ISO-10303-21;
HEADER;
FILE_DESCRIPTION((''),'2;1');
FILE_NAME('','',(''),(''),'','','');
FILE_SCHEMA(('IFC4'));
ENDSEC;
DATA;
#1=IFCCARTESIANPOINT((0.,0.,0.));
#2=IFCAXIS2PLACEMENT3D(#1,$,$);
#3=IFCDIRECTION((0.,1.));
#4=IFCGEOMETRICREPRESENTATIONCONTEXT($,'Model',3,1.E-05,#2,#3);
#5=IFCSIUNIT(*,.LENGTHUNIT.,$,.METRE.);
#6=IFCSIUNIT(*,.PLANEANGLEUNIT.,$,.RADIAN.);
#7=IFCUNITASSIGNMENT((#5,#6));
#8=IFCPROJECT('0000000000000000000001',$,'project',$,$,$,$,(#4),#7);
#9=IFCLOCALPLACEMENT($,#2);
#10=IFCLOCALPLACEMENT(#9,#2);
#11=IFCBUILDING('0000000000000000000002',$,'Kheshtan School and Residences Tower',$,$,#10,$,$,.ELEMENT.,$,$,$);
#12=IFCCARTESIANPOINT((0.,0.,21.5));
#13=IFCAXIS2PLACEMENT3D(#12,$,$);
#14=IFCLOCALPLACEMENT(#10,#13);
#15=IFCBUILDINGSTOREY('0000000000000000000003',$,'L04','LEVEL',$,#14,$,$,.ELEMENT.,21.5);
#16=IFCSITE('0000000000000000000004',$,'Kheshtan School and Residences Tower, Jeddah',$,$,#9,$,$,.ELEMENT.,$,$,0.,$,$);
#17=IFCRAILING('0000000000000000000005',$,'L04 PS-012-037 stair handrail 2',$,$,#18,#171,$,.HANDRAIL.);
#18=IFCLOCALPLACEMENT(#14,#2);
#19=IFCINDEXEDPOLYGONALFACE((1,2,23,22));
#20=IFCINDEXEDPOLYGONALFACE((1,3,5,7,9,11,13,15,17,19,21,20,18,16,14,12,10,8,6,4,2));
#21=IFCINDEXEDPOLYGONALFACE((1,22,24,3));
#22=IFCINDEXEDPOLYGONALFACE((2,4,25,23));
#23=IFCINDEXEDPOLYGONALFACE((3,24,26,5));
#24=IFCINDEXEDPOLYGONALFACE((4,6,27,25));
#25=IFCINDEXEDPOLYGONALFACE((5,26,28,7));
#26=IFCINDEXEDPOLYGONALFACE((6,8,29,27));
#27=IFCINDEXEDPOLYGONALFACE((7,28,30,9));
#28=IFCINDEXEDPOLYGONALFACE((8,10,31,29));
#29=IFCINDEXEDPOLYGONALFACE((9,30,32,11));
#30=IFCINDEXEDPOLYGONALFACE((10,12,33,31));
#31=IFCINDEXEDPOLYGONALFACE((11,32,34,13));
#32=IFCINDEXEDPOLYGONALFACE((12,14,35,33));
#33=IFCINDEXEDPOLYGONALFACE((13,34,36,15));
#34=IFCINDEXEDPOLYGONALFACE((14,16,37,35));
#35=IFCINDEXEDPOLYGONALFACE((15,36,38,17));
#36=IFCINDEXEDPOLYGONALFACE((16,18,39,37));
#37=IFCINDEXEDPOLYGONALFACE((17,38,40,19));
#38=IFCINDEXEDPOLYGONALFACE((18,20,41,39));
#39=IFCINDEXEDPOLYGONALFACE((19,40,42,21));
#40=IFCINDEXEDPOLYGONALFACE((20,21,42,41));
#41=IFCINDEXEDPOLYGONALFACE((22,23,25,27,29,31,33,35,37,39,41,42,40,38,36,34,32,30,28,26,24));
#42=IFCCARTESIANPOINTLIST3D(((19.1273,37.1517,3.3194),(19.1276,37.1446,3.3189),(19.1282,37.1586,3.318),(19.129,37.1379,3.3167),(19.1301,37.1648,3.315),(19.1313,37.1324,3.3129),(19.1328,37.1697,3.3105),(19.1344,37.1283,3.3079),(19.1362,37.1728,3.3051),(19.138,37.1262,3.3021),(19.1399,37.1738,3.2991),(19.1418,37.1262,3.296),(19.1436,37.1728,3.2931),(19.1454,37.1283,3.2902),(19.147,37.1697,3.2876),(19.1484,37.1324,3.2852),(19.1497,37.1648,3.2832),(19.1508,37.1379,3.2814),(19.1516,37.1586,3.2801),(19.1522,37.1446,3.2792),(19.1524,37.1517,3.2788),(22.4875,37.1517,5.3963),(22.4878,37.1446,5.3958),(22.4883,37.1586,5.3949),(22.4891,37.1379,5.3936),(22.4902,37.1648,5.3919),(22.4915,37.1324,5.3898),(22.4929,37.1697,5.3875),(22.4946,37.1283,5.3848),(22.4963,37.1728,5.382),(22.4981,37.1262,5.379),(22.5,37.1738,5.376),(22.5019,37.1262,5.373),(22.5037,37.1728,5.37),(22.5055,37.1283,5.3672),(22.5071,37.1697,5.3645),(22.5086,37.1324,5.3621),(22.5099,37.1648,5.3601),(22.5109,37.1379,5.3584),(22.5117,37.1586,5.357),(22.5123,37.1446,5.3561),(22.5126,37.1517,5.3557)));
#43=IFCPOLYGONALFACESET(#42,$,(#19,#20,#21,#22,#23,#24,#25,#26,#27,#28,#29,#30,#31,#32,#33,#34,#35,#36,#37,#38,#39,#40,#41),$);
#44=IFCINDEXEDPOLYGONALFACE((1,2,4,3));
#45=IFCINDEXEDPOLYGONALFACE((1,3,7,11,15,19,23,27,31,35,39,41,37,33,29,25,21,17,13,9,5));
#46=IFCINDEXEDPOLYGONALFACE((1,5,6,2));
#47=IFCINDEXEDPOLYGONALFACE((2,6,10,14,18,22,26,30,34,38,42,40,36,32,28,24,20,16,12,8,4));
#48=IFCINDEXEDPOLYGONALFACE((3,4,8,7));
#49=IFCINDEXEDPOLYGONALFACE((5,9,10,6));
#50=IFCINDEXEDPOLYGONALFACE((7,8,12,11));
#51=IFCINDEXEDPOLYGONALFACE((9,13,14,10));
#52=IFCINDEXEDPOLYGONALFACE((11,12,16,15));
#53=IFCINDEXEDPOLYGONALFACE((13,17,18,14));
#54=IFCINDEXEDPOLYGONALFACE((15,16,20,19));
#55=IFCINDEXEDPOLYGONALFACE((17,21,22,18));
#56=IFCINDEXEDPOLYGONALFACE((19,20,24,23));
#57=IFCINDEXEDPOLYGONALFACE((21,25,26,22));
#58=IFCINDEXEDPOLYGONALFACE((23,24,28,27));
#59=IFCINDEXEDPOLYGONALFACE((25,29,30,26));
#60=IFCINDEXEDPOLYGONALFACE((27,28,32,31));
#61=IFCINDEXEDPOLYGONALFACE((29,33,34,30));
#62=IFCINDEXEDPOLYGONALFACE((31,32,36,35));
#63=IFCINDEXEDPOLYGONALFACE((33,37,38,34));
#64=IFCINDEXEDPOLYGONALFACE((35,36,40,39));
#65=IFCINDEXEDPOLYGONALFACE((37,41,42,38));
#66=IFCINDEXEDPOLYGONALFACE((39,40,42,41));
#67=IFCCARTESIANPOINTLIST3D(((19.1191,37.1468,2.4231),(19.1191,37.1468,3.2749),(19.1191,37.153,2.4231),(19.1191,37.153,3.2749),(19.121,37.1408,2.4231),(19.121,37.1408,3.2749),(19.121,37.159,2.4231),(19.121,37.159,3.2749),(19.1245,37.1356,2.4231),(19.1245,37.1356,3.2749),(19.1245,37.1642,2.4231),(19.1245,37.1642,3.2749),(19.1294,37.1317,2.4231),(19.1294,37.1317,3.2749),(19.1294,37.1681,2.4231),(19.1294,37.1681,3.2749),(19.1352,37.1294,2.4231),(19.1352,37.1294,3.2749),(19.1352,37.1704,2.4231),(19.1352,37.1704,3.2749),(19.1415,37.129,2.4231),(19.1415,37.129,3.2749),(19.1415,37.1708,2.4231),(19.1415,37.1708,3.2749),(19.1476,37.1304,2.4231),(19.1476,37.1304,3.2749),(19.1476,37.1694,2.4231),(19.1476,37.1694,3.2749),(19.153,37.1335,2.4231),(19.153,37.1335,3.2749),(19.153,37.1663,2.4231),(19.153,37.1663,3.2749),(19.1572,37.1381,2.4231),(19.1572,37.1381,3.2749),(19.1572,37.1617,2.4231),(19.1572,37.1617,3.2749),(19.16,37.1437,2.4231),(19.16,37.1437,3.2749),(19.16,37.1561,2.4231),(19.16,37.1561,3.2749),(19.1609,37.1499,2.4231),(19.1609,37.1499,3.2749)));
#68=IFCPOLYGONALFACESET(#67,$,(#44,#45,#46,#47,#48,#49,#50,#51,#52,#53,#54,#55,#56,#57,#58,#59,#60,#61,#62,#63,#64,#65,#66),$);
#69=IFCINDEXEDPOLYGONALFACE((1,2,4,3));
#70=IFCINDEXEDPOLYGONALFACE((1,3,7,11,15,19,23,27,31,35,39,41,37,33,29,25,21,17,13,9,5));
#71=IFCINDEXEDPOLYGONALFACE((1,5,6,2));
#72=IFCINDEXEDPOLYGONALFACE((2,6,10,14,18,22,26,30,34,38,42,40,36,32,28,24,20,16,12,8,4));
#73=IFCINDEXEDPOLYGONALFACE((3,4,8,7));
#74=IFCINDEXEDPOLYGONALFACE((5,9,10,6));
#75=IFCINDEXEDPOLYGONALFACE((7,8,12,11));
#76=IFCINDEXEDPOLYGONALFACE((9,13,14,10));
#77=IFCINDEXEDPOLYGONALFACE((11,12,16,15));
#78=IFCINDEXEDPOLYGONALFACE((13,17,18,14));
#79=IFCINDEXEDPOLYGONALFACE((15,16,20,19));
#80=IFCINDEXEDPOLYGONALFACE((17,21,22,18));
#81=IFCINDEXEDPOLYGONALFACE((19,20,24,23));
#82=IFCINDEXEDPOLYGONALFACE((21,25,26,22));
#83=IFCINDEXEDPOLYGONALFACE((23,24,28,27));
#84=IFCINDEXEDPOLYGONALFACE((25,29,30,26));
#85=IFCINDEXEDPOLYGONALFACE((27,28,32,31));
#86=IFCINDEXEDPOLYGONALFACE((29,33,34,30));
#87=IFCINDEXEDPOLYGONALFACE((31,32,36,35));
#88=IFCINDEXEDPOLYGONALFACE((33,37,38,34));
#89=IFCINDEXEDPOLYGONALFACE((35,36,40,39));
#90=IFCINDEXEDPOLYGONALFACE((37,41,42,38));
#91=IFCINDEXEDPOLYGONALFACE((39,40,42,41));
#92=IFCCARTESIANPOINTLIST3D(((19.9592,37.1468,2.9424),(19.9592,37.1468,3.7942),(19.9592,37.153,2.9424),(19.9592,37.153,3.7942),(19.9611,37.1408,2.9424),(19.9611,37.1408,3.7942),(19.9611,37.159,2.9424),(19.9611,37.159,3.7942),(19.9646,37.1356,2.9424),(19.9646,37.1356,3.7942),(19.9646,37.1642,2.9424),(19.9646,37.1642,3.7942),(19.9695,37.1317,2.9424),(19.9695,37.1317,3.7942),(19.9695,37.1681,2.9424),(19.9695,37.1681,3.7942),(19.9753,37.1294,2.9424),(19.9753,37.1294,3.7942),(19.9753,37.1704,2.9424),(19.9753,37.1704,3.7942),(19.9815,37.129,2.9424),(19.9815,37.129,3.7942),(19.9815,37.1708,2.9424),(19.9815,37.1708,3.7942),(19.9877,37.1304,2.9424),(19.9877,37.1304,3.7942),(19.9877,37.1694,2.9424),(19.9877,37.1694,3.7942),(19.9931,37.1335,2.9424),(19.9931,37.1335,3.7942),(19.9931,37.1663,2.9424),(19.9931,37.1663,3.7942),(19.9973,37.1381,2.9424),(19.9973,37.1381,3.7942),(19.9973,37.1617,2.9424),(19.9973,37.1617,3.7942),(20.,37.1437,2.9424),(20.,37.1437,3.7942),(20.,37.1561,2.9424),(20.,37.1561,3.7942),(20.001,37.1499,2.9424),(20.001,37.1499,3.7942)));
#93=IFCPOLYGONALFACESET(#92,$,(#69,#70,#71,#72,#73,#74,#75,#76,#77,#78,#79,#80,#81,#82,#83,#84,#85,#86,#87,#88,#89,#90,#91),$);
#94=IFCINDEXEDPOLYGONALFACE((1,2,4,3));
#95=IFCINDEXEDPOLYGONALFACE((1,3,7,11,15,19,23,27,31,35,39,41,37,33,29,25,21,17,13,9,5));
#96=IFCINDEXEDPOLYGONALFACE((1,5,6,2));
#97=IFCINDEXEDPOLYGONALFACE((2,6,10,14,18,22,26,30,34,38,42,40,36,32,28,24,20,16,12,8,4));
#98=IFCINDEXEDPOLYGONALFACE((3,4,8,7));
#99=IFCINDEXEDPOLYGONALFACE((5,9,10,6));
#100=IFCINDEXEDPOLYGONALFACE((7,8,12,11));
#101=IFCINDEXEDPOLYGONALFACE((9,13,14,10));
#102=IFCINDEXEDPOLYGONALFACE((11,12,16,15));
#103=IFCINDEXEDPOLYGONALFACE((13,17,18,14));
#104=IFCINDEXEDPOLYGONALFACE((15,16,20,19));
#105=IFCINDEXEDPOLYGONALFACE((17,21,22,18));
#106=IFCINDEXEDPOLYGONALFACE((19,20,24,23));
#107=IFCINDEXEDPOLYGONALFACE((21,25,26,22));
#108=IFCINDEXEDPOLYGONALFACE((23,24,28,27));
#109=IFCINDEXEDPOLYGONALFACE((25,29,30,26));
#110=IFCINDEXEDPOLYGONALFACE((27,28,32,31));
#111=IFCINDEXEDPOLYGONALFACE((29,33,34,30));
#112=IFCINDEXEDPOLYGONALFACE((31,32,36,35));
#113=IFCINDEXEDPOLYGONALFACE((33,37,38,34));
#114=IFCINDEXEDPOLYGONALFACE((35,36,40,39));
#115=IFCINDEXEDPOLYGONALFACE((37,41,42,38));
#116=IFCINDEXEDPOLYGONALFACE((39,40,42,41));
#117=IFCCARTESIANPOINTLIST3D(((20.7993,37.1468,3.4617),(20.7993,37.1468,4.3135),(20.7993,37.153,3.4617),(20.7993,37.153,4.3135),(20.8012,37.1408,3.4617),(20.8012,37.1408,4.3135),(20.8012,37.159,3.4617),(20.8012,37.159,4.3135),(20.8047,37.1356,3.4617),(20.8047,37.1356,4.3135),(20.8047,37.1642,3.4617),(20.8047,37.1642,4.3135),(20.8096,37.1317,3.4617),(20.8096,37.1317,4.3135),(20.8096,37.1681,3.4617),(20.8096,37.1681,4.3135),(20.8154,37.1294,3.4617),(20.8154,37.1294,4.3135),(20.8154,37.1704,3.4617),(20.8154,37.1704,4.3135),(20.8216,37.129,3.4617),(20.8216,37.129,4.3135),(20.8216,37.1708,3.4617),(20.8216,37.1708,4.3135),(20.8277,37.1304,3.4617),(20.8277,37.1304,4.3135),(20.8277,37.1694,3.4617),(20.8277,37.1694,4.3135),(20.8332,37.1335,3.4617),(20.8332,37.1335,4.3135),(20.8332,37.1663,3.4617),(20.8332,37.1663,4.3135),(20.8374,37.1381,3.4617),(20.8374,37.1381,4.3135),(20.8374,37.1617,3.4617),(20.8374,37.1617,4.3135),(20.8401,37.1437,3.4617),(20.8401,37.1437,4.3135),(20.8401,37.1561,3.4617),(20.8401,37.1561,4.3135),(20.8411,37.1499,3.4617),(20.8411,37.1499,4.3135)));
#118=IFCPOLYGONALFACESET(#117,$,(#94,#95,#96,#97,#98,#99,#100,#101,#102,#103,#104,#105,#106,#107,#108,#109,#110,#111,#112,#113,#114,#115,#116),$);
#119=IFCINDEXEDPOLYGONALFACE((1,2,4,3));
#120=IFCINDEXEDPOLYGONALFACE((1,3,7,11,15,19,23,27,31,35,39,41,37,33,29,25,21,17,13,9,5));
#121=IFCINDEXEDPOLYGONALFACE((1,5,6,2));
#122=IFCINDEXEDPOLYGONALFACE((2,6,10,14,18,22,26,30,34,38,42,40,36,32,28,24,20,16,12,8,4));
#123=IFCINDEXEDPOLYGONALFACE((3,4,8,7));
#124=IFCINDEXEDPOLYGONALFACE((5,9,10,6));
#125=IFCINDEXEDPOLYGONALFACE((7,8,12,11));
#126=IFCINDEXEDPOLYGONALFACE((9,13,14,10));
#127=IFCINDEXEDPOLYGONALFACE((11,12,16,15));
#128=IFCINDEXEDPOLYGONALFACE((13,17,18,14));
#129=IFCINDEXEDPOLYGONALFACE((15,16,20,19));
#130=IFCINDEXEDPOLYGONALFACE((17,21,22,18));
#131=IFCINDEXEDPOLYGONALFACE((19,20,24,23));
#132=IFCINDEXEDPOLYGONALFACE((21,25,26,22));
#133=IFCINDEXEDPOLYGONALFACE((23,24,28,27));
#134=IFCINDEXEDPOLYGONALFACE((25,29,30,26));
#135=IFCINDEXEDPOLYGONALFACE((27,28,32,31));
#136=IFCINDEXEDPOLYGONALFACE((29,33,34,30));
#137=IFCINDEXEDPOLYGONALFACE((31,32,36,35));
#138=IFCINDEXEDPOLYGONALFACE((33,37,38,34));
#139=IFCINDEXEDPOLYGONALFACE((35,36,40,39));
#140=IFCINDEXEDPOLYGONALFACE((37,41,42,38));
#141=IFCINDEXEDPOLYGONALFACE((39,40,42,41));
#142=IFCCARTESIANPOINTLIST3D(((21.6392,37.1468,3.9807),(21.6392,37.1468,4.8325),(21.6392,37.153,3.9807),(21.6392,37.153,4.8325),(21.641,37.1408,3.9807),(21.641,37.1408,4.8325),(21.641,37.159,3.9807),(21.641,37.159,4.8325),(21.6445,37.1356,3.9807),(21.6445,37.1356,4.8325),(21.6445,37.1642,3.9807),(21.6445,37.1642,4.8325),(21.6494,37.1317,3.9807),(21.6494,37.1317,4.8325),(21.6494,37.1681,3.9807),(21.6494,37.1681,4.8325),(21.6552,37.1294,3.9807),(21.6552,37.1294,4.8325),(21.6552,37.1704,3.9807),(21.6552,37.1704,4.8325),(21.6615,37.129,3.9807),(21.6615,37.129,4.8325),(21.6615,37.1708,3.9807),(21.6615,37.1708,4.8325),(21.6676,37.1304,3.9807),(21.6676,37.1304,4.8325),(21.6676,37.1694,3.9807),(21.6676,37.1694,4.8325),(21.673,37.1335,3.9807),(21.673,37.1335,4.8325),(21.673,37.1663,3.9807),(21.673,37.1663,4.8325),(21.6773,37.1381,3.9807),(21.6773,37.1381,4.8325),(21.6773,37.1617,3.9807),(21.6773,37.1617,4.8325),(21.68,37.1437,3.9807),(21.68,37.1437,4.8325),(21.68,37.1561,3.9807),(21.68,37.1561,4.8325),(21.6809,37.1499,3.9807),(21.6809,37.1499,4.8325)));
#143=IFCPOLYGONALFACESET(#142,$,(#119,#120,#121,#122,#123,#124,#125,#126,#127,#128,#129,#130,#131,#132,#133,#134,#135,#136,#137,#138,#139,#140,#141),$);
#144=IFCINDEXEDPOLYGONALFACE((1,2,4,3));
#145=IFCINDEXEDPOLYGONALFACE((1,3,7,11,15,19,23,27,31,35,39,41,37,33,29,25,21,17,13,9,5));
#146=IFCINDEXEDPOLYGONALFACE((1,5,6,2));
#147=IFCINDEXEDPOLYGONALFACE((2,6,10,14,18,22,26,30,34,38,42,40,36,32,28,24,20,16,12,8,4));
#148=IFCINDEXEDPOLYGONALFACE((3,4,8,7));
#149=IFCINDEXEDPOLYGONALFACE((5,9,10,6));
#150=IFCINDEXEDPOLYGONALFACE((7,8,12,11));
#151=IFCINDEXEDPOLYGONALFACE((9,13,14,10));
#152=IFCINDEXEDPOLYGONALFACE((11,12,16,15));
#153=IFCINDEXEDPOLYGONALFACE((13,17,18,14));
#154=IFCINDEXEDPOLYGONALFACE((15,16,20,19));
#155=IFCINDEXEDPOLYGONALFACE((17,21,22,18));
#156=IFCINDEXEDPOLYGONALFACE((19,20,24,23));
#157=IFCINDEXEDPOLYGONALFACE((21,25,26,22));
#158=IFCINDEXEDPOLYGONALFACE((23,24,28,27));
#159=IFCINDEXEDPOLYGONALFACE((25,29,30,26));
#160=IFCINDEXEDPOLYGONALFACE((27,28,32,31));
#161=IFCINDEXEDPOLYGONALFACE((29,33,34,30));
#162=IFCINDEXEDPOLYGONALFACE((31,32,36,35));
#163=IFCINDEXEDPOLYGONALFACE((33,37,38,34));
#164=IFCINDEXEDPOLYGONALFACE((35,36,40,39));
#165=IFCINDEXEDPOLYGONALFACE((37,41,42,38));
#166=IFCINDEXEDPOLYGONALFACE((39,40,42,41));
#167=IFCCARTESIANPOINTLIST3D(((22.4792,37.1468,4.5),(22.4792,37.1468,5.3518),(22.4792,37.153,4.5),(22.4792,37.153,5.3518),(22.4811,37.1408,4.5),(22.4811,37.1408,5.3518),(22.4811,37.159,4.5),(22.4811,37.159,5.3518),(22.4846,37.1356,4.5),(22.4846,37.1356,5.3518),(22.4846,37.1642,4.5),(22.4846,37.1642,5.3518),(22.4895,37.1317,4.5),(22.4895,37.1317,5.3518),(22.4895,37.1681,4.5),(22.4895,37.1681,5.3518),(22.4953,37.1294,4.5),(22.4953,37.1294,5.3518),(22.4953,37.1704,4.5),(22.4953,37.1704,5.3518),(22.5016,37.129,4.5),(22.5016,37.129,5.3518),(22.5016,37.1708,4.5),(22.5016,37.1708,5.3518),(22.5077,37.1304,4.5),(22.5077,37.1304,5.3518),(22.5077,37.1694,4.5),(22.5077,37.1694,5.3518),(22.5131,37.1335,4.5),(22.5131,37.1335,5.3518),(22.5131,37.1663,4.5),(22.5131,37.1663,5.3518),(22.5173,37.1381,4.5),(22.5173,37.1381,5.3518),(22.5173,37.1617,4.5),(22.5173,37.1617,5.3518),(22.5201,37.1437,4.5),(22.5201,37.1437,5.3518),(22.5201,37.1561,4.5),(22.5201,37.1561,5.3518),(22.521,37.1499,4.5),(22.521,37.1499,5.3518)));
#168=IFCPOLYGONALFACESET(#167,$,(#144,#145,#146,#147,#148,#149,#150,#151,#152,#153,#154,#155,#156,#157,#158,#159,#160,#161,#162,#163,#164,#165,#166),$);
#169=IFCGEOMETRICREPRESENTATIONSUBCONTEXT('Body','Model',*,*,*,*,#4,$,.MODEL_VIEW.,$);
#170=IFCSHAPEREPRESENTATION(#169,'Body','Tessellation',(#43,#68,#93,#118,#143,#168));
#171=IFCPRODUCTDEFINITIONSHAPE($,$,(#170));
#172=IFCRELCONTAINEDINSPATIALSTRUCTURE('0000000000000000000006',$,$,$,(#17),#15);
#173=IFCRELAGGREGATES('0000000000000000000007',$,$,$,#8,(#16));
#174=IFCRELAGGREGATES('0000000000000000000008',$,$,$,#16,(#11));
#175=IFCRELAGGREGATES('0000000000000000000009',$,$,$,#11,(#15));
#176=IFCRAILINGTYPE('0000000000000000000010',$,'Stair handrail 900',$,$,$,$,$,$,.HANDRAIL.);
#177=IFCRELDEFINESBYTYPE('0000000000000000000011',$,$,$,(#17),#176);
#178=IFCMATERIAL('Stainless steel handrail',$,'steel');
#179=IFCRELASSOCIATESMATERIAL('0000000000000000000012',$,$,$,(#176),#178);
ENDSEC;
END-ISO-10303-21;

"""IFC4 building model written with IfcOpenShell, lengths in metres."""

from ifc_helpers import new_model, si_unit, direction, frame, origin, origin_2d, place, context, subcontext, project, spatial, circle, extrude, material, type_object, element, save


model = new_model("IFC4")

# Units and contexts
model_context = context("Model", 3, precision=1e-05, world=origin(), true_north=direction((0.0, 1.0)))
body_context = subcontext(model_context, "Body", "Model", "MODEL_VIEW")
ifc_project = project(units=[si_unit("LENGTHUNIT", "METRE"), si_unit("PLANEANGLEUNIT", "RADIAN")], contexts=[model_context])

# Site, building, storey
site_placement = place(None, origin())
site = spatial("IfcSite", under=ifc_project, at=site_placement, Name="Kheshtan School and Residences Tower, Jeddah", CompositionType="ELEMENT", RefElevation=0.0)
building_placement = place(site_placement, origin())
building = spatial("IfcBuilding", under=site, at=building_placement, Name="Kheshtan School and Residences Tower", CompositionType="ELEMENT")
storey_placement = place(building_placement, frame((0.0, 0.0, 21.5)))
storey = spatial("IfcBuildingStorey", under=building, at=storey_placement, Name="L04", Description="LEVEL", CompositionType="ELEMENT", Elevation=21.5)

# Railing
ifc_material_1 = material(Name="Stainless steel handrail", Category="steel")
railing_type_1 = type_object("IfcRailingType", Name="Stair handrail 900", PredefinedType="HANDRAIL", material=ifc_material_1)
railing_1_placement = place(storey_placement, frame((19.1399, 37.1499, 2.4231)))
element("IfcRailing", 1, at=railing_1_placement, inside=storey, type_object=railing_type_1, Name="L04 PS-012-037 stair handrail 2", PredefinedType="HANDRAIL", context=body_context, shape_type="SweptSolid", body=[
    extrude(circle(Radius=0.0239, at=origin_2d()), frame((0.0, 0.0, 0.876), z_axis=(0.850623, 0.0, 0.525776), x_axis=(0.0, 1.0, 0.0)), (0.0, 0.0, 1.0), 3.9502),
    extrude(circle(Radius=0.021, at=origin_2d()), origin(), (0.0, 0.0, 1.0), 0.8518),
    extrude(circle(Radius=0.021, at=origin_2d()), frame((0.8401, 0.0, 0.5193)), (0.0, 0.0, 1.0), 0.8518),
    extrude(circle(Radius=0.021, at=origin_2d()), frame((1.6802, 0.0, 1.0386)), (0.0, 0.0, 1.0), 0.8518),
    extrude(circle(Radius=0.021, at=origin_2d()), frame((2.52, 0.0, 1.5576)), (0.0, 0.0, 1.0), 0.8518),
    extrude(circle(Radius=0.021, at=origin_2d()), frame((3.3601, 0.0, 2.0769)), (0.0, 0.0, 1.0), 0.8518),
])

save(model, "model.ifc")
